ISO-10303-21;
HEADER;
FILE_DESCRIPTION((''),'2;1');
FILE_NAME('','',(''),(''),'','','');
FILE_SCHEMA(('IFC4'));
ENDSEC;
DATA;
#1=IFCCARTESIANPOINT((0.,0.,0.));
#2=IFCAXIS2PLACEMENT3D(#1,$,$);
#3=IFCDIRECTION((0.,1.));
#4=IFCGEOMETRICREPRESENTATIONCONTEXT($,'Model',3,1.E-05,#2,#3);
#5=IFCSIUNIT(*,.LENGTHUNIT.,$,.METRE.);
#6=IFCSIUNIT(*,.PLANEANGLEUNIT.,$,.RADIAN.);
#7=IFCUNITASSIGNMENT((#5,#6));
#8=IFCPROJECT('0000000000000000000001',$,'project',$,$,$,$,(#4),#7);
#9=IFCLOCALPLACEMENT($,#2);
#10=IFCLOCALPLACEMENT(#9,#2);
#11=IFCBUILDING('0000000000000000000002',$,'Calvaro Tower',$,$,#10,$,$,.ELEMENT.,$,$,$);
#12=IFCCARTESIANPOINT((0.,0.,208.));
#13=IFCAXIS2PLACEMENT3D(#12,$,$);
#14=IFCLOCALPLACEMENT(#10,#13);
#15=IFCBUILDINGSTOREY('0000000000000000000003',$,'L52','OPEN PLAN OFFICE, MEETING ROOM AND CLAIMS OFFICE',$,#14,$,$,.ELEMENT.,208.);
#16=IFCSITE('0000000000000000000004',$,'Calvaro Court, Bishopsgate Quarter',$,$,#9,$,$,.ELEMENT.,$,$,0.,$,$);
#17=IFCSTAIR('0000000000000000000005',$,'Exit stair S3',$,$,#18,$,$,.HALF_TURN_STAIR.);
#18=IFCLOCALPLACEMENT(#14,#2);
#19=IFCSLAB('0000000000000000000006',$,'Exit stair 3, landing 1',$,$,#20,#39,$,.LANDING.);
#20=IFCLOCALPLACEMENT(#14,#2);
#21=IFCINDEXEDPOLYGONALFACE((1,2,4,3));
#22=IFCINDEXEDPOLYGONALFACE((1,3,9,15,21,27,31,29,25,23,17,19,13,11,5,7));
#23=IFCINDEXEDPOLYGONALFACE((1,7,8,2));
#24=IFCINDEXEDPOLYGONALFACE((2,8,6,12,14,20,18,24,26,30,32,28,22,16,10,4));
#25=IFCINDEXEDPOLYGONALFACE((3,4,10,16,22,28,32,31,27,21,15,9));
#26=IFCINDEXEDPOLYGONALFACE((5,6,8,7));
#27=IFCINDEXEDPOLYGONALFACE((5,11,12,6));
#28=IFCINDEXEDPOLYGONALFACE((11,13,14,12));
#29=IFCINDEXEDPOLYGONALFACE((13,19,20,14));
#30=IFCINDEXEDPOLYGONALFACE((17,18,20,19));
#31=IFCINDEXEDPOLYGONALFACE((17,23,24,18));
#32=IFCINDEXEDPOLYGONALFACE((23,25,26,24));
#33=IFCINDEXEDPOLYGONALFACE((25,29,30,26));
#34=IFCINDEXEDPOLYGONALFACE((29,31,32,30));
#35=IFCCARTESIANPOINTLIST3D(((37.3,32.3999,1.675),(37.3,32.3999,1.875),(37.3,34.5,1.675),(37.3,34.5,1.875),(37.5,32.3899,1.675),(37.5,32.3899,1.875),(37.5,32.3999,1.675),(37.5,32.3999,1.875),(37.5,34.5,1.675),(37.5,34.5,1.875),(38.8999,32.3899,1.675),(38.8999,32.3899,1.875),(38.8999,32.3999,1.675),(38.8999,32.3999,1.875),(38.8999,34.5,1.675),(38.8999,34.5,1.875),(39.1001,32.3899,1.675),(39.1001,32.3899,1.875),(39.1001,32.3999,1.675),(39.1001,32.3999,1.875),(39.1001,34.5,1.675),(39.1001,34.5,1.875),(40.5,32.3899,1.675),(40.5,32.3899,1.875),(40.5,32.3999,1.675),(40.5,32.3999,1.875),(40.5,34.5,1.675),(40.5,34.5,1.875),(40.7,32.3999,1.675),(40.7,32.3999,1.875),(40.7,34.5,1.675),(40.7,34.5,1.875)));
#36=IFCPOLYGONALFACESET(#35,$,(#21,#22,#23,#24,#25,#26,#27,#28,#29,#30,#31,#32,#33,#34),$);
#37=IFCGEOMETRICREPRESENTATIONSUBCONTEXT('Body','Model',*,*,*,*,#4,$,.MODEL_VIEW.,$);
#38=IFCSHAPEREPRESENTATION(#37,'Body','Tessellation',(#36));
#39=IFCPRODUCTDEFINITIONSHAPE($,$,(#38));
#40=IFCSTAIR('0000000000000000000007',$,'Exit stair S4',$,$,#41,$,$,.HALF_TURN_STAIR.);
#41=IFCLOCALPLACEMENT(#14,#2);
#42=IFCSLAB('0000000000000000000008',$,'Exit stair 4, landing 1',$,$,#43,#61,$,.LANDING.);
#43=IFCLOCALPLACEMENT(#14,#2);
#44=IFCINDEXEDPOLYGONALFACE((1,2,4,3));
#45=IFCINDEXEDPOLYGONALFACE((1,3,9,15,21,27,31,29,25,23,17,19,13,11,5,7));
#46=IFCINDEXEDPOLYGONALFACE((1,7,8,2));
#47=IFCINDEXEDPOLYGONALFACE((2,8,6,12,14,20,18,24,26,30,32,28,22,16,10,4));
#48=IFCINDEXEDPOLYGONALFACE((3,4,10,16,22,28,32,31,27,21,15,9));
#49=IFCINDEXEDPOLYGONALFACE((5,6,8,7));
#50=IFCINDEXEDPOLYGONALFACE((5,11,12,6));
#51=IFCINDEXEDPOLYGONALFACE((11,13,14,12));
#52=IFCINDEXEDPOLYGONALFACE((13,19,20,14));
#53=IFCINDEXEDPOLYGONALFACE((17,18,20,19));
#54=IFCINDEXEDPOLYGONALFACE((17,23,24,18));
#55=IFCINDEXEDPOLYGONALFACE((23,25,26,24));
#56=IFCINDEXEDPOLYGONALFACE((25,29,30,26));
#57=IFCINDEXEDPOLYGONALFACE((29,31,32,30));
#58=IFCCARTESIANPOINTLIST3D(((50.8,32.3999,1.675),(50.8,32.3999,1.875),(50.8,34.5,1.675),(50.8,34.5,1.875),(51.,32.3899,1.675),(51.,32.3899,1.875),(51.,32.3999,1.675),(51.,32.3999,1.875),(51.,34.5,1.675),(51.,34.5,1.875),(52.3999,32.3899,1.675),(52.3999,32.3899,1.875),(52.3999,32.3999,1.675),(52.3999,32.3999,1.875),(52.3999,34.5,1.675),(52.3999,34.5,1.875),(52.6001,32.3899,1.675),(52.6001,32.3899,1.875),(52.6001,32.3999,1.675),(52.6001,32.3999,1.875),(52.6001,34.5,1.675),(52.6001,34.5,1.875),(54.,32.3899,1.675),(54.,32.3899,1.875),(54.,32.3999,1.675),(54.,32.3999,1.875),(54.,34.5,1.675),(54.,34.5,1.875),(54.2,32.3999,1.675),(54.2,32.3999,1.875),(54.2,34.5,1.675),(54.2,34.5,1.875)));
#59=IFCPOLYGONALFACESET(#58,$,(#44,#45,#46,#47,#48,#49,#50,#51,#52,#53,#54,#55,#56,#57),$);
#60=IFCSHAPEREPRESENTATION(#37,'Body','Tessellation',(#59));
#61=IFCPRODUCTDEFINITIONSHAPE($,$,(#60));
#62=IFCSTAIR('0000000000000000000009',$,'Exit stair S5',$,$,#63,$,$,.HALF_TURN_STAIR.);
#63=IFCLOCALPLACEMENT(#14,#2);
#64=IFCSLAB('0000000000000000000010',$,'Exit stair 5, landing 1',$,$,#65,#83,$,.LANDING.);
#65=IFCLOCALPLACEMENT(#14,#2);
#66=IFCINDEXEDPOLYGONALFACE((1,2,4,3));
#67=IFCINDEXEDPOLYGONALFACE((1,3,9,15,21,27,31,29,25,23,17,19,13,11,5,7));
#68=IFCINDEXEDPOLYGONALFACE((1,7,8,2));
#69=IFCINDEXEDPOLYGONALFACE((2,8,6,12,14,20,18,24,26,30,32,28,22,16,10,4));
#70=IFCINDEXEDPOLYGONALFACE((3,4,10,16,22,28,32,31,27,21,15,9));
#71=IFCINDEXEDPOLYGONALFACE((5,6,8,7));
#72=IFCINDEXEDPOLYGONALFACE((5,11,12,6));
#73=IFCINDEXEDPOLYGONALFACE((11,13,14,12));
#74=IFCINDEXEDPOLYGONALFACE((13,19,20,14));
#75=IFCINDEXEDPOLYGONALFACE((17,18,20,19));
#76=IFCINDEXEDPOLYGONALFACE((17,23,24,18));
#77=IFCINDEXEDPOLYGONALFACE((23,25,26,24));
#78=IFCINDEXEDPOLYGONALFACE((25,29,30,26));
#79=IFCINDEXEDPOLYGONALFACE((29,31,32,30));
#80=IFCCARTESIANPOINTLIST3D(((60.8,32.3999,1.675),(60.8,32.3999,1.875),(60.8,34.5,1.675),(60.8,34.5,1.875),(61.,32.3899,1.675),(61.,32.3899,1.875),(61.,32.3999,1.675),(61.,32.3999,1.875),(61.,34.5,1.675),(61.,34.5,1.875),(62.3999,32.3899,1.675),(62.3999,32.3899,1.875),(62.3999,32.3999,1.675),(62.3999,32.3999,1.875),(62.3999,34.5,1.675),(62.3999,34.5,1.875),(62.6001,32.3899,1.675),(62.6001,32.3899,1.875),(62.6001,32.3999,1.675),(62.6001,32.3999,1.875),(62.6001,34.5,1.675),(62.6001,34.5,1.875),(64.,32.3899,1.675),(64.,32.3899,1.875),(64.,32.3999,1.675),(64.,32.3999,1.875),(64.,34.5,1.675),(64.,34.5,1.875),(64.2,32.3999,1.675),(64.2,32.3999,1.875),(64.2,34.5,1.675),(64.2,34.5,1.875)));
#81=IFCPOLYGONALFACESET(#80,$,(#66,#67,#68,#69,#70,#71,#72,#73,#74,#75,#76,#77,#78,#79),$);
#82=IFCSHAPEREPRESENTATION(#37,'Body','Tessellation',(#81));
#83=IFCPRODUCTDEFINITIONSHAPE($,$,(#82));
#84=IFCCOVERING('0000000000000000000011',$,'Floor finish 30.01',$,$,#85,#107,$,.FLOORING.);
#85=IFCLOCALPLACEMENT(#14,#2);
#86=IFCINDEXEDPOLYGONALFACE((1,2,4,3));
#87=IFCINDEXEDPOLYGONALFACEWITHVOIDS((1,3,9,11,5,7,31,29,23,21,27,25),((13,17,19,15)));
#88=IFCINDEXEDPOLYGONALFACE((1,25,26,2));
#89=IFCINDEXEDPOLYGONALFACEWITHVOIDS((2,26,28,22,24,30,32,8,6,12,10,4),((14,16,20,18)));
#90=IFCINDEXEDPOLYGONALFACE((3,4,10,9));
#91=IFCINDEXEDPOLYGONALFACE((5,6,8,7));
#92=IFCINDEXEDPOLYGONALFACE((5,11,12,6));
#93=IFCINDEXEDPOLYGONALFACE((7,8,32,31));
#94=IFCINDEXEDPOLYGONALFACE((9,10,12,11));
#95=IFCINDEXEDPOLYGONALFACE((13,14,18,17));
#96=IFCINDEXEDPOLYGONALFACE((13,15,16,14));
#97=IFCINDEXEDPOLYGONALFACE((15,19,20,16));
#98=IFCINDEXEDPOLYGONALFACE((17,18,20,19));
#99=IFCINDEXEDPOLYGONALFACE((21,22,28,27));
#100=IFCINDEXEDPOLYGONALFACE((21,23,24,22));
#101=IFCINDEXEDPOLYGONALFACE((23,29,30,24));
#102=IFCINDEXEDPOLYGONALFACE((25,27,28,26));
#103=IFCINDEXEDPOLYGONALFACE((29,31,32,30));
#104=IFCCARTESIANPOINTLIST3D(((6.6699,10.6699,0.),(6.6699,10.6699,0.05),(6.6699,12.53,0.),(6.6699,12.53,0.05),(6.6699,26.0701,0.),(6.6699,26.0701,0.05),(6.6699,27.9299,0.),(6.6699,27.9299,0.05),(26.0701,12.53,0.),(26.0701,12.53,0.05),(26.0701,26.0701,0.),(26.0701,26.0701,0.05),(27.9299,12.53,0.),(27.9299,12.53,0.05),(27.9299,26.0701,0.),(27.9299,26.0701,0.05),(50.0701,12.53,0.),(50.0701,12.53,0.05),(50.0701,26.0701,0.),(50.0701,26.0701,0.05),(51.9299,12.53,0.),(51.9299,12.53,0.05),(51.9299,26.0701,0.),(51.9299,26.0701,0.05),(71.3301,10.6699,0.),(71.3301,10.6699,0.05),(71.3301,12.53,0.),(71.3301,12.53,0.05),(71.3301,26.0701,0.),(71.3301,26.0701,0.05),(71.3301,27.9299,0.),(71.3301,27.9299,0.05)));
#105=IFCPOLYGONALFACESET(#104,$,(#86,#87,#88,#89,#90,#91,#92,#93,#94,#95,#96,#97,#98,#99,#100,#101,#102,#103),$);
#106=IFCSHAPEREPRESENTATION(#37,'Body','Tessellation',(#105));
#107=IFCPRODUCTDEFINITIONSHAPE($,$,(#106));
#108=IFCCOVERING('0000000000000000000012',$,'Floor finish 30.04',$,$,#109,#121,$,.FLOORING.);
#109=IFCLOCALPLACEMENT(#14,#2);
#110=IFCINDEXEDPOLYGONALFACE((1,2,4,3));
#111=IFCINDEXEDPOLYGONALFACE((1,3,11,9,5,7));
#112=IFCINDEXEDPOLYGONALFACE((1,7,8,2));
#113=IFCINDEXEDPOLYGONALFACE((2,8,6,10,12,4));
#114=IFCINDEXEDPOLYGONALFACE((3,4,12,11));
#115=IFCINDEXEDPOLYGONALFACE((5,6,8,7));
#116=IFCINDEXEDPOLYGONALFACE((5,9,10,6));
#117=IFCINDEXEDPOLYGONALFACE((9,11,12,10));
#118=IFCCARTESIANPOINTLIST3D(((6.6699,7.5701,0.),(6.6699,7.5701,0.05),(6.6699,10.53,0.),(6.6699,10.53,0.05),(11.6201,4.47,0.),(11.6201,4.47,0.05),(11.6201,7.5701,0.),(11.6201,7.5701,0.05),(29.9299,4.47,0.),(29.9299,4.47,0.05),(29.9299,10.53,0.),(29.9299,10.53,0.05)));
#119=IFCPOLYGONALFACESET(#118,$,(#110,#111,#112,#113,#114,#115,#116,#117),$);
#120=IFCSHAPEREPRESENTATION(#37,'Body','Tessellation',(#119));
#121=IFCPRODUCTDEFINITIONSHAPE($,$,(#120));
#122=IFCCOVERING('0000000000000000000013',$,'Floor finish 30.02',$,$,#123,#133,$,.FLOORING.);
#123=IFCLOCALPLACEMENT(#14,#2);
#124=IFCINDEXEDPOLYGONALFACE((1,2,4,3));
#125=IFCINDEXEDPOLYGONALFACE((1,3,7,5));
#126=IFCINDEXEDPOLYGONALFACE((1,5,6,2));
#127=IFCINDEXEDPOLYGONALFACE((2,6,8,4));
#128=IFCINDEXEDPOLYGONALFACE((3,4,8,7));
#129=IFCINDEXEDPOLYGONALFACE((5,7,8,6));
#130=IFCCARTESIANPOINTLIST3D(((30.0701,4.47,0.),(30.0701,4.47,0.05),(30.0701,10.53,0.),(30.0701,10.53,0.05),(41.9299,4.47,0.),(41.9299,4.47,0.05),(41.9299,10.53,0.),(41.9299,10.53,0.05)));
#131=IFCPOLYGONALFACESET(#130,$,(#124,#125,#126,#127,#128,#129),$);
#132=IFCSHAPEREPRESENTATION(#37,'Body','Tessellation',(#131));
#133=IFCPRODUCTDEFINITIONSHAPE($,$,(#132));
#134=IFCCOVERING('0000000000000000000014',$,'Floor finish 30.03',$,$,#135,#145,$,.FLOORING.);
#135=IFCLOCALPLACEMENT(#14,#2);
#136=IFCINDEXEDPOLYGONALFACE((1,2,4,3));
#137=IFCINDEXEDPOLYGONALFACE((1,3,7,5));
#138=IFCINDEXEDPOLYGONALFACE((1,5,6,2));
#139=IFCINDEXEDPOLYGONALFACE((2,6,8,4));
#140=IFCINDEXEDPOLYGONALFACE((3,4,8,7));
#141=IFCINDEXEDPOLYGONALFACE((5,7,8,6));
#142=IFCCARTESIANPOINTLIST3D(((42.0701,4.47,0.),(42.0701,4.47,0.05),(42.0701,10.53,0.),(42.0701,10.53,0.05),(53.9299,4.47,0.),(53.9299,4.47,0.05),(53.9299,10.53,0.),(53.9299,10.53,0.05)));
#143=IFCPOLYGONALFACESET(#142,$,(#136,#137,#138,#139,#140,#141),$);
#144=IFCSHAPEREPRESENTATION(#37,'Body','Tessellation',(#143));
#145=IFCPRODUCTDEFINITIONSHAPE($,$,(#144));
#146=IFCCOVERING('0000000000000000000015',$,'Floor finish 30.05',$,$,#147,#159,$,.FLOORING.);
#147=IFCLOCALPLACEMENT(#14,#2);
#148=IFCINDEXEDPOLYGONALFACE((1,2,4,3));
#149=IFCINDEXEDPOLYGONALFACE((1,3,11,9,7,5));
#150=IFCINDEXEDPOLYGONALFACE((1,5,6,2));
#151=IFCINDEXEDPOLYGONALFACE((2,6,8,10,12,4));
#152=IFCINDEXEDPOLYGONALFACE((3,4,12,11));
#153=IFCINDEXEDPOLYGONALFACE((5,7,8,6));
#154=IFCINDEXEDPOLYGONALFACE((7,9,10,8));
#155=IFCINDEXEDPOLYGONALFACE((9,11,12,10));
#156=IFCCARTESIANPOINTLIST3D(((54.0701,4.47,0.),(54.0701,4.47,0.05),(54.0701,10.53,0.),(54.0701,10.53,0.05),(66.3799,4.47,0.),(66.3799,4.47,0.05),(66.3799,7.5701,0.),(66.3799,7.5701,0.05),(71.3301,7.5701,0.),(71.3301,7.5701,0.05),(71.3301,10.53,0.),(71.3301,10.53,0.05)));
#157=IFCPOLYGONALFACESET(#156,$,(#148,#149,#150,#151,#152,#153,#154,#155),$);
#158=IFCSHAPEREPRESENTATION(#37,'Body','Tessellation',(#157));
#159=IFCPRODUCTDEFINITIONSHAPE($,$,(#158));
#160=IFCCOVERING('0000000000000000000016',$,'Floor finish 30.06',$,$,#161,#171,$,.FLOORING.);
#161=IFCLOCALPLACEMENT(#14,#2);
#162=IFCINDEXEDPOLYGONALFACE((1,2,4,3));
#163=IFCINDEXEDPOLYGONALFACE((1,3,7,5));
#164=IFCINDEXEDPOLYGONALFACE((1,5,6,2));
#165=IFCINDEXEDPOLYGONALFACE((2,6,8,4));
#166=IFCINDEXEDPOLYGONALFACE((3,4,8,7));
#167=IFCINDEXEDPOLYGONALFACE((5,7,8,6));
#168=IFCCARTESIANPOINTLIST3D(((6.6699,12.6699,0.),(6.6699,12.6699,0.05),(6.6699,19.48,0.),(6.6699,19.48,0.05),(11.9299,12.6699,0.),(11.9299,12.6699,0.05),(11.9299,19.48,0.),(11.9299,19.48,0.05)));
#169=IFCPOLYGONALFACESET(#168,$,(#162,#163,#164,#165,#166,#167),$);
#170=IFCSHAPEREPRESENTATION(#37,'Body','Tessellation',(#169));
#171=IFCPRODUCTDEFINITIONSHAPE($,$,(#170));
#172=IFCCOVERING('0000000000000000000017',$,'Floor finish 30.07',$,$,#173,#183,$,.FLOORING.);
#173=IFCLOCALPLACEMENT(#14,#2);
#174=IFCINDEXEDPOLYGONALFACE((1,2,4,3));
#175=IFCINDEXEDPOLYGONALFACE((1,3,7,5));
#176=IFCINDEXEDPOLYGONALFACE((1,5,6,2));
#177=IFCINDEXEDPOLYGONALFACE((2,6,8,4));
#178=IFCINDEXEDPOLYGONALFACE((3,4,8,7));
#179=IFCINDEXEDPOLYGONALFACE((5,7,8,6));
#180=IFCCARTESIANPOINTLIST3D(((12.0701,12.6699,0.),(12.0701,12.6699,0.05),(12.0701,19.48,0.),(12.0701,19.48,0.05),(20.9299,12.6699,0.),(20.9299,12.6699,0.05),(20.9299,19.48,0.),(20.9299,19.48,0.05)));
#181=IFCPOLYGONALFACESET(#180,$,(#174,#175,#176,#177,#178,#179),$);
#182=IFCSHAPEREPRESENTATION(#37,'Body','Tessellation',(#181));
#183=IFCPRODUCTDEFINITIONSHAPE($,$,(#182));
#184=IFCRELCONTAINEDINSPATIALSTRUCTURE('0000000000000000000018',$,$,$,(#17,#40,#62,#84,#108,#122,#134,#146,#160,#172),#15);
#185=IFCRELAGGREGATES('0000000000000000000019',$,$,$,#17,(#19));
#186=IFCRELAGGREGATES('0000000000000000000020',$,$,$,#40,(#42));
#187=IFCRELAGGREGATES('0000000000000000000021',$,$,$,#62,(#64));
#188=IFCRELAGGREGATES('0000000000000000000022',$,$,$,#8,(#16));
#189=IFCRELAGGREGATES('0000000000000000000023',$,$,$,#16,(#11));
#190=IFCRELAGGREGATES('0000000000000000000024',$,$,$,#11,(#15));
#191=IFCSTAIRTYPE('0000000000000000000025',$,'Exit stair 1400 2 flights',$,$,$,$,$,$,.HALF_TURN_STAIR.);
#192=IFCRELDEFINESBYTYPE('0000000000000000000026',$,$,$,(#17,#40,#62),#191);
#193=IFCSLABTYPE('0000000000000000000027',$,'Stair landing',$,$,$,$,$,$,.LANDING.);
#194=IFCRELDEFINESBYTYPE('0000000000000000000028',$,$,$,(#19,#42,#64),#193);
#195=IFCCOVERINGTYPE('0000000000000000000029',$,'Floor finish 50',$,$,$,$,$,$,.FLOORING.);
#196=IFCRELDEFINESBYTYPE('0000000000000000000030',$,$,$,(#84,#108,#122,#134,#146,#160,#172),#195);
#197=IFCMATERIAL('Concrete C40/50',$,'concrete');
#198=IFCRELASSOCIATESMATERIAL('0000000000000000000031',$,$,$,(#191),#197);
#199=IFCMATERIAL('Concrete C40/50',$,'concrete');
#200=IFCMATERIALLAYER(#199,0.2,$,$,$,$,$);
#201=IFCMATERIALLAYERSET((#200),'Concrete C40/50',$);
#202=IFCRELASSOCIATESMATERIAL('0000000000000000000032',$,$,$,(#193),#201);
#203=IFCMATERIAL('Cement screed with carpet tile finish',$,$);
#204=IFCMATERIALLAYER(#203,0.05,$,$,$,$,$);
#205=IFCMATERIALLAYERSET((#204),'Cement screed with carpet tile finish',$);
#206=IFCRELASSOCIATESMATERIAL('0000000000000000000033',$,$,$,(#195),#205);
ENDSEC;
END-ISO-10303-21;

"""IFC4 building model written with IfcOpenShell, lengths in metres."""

from ifc_helpers import new_model, si_unit, direction, frame, origin, place, context, subcontext, project, spatial, polyline, outline, extrude, material, layer, layer_set, type_object, element, aggregate, save


model = new_model("IFC4")

# Units and contexts
model_context = context("Model", 3, precision=1e-05, world=origin(), true_north=direction((0.0, 1.0)))
body_context = subcontext(model_context, "Body", "Model", "MODEL_VIEW")
ifc_project = project(units=[si_unit("LENGTHUNIT", "METRE"), si_unit("PLANEANGLEUNIT", "RADIAN")], contexts=[model_context])

# Site, building, storey
site_placement = place(None, origin())
site = spatial("IfcSite", under=ifc_project, at=site_placement, Name="Calvaro Court, Bishopsgate Quarter", CompositionType="ELEMENT", RefElevation=0.0)
building_placement = place(site_placement, origin())
building = spatial("IfcBuilding", under=site, at=building_placement, Name="Calvaro Tower", CompositionType="ELEMENT")
storey_placement = place(building_placement, frame((0.0, 0.0, 208.0)))
storey = spatial("IfcBuildingStorey", under=building, at=storey_placement, Name="L52", Description="OPEN PLAN OFFICE, MEETING ROOM AND CLAIMS OFFICE", CompositionType="ELEMENT", Elevation=208.0)

# Stairs, slabs
ifc_material_1 = material(Name="Concrete C40/50", Category="concrete")
stair_type = type_object("IfcStairType", Name="Exit stair 1400 2 flights", PredefinedType="HALF_TURN_STAIR", material=ifc_material_1)
ifc_material_2 = material(Name="Concrete C40/50", Category="concrete")
ifc_layer_1 = layer(ifc_material_2, 0.2)
ifc_layer_set_1 = layer_set([ifc_layer_1], Name="Concrete C40/50")
slab_type_1 = type_object("IfcSlabType", Name="Stair landing", PredefinedType="LANDING", material=ifc_layer_set_1)
stair_1_placement = place(storey_placement, origin())
stair_1 = element("IfcStair", 1, at=stair_1_placement, inside=storey, type_object=stair_type, Name="Exit stair S3", PredefinedType="HALF_TURN_STAIR")
slab_1_placement = place(storey_placement, frame((0.0, 0.0, 1.675)))
slab_1 = element("IfcSlab", 2, at=slab_1_placement, type_object=slab_type_1, Name="Exit stair 3, landing 1", PredefinedType="LANDING", context=body_context, shape_type="SweptSolid", body=[
    extrude(outline(polyline([(38.8999, 32.3899), (37.5, 32.3899), (37.5, 32.3999), (37.3, 32.3999), (37.3, 34.5), (37.5, 34.5), (38.8999, 34.5), (39.1001, 34.5), (40.5, 34.5), (40.7, 34.5), (40.7, 32.3999), (40.5, 32.3999), (40.5, 32.3899), (39.1001, 32.3899), (39.1001, 32.3999), (38.8999, 32.3999), (38.8999, 32.3899)])), origin(), (0.0, 0.0, 1.0), 0.2),
])
aggregate(stair_1, [slab_1])
stair_2_placement = place(storey_placement, origin())
stair_2 = element("IfcStair", 3, at=stair_2_placement, inside=storey, type_object=stair_type, Name="Exit stair S4", PredefinedType="HALF_TURN_STAIR")
slab_2_placement = place(storey_placement, frame((0.0, 0.0, 1.675)))
slab_2 = element("IfcSlab", 4, at=slab_2_placement, type_object=slab_type_1, Name="Exit stair 4, landing 1", PredefinedType="LANDING", context=body_context, shape_type="SweptSolid", body=[
    extrude(outline(polyline([(52.3999, 32.3899), (51.0, 32.3899), (51.0, 32.3999), (50.8, 32.3999), (50.8, 34.5), (51.0, 34.5), (52.3999, 34.5), (52.6001, 34.5), (54.0, 34.5), (54.2, 34.5), (54.2, 32.3999), (54.0, 32.3999), (54.0, 32.3899), (52.6001, 32.3899), (52.6001, 32.3999), (52.3999, 32.3999), (52.3999, 32.3899)])), origin(), (0.0, 0.0, 1.0), 0.2),
])
aggregate(stair_2, [slab_2])
stair_3_placement = place(storey_placement, origin())
stair_3 = element("IfcStair", 5, at=stair_3_placement, inside=storey, type_object=stair_type, Name="Exit stair S5", PredefinedType="HALF_TURN_STAIR")
slab_3_placement = place(storey_placement, frame((0.0, 0.0, 1.675)))
slab_3 = element("IfcSlab", 6, at=slab_3_placement, type_object=slab_type_1, Name="Exit stair 5, landing 1", PredefinedType="LANDING", context=body_context, shape_type="SweptSolid", body=[
    extrude(outline(polyline([(62.3999, 32.3899), (61.0, 32.3899), (61.0, 32.3999), (60.8, 32.3999), (60.8, 34.5), (61.0, 34.5), (62.3999, 34.5), (62.6001, 34.5), (64.0, 34.5), (64.2, 34.5), (64.2, 32.3999), (64.0, 32.3999), (64.0, 32.3899), (62.6001, 32.3899), (62.6001, 32.3999), (62.3999, 32.3999), (62.3999, 32.3899)])), origin(), (0.0, 0.0, 1.0), 0.2),
])
aggregate(stair_3, [slab_3])

# Coverings
ifc_material_3 = material(Name="Cement screed with carpet tile finish")
ifc_layer_2 = layer(ifc_material_3, 0.05)
ifc_layer_set_2 = layer_set([ifc_layer_2], Name="Cement screed with carpet tile finish")
covering_type = type_object("IfcCoveringType", Name="Floor finish 50", PredefinedType="FLOORING", material=ifc_layer_set_2)
covering_1_placement = place(storey_placement, origin())
element("IfcCovering", 7, at=covering_1_placement, inside=storey, type_object=covering_type, Name="Floor finish 30.01", PredefinedType="FLOORING", context=body_context, shape_type="SweptSolid", body=[
    extrude(outline(polyline([(6.6699, 10.6699), (6.6699, 12.53), (26.0701, 12.53), (26.0701, 26.0701), (6.6699, 26.0701), (6.6699, 27.9299), (71.3301, 27.9299), (71.3301, 26.0701), (51.9299, 26.0701), (51.9299, 12.53), (71.3301, 12.53), (71.3301, 10.6699), (6.6699, 10.6699)]), holes=[polyline([(50.0701, 12.53), (50.0701, 26.0701), (27.9299, 26.0701), (27.9299, 12.53), (50.0701, 12.53)])]), origin(), (0.0, 0.0, 1.0), 0.05),
])
covering_2_placement = place(storey_placement, origin())
element("IfcCovering", 8, at=covering_2_placement, inside=storey, type_object=covering_type, Name="Floor finish 30.04", PredefinedType="FLOORING", context=body_context, shape_type="SweptSolid", body=[
    extrude(outline(polyline([(29.9299, 10.53), (29.9299, 4.47), (11.6201, 4.47), (11.6201, 7.5701), (6.6699, 7.5701), (6.6699, 10.53), (29.9299, 10.53)])), origin(), (0.0, 0.0, 1.0), 0.05),
])
covering_3_placement = place(storey_placement, origin())
element("IfcCovering", 9, at=covering_3_placement, inside=storey, type_object=covering_type, Name="Floor finish 30.02", PredefinedType="FLOORING", context=body_context, shape_type="SweptSolid", body=[
    extrude(outline(polyline([(30.0701, 10.53), (41.9299, 10.53), (41.9299, 4.47), (30.0701, 4.47), (30.0701, 10.53)])), origin(), (0.0, 0.0, 1.0), 0.05),
])
covering_4_placement = place(storey_placement, origin())
element("IfcCovering", 10, at=covering_4_placement, inside=storey, type_object=covering_type, Name="Floor finish 30.03", PredefinedType="FLOORING", context=body_context, shape_type="SweptSolid", body=[
    extrude(outline(polyline([(42.0701, 10.53), (53.9299, 10.53), (53.9299, 4.47), (42.0701, 4.47), (42.0701, 10.53)])), origin(), (0.0, 0.0, 1.0), 0.05),
])
covering_5_placement = place(storey_placement, origin())
element("IfcCovering", 11, at=covering_5_placement, inside=storey, type_object=covering_type, Name="Floor finish 30.05", PredefinedType="FLOORING", context=body_context, shape_type="SweptSolid", body=[
    extrude(outline(polyline([(71.3301, 7.5701), (66.3799, 7.5701), (66.3799, 4.47), (54.0701, 4.47), (54.0701, 10.53), (71.3301, 10.53), (71.3301, 7.5701)])), origin(), (0.0, 0.0, 1.0), 0.05),
])
covering_6_placement = place(storey_placement, origin())
element("IfcCovering", 12, at=covering_6_placement, inside=storey, type_object=covering_type, Name="Floor finish 30.06", PredefinedType="FLOORING", context=body_context, shape_type="SweptSolid", body=[
    extrude(outline(polyline([(11.9299, 19.48), (11.9299, 12.6699), (6.6699, 12.6699), (6.6699, 19.48), (11.9299, 19.48)])), origin(), (0.0, 0.0, 1.0), 0.05),
])
covering_7_placement = place(storey_placement, origin())
element("IfcCovering", 13, at=covering_7_placement, inside=storey, type_object=covering_type, Name="Floor finish 30.07", PredefinedType="FLOORING", context=body_context, shape_type="SweptSolid", body=[
    extrude(outline(polyline([(12.0701, 12.6699), (12.0701, 19.48), (20.9299, 19.48), (20.9299, 12.6699), (12.0701, 12.6699)])), origin(), (0.0, 0.0, 1.0), 0.05),
])

save(model, "model.ifc")
